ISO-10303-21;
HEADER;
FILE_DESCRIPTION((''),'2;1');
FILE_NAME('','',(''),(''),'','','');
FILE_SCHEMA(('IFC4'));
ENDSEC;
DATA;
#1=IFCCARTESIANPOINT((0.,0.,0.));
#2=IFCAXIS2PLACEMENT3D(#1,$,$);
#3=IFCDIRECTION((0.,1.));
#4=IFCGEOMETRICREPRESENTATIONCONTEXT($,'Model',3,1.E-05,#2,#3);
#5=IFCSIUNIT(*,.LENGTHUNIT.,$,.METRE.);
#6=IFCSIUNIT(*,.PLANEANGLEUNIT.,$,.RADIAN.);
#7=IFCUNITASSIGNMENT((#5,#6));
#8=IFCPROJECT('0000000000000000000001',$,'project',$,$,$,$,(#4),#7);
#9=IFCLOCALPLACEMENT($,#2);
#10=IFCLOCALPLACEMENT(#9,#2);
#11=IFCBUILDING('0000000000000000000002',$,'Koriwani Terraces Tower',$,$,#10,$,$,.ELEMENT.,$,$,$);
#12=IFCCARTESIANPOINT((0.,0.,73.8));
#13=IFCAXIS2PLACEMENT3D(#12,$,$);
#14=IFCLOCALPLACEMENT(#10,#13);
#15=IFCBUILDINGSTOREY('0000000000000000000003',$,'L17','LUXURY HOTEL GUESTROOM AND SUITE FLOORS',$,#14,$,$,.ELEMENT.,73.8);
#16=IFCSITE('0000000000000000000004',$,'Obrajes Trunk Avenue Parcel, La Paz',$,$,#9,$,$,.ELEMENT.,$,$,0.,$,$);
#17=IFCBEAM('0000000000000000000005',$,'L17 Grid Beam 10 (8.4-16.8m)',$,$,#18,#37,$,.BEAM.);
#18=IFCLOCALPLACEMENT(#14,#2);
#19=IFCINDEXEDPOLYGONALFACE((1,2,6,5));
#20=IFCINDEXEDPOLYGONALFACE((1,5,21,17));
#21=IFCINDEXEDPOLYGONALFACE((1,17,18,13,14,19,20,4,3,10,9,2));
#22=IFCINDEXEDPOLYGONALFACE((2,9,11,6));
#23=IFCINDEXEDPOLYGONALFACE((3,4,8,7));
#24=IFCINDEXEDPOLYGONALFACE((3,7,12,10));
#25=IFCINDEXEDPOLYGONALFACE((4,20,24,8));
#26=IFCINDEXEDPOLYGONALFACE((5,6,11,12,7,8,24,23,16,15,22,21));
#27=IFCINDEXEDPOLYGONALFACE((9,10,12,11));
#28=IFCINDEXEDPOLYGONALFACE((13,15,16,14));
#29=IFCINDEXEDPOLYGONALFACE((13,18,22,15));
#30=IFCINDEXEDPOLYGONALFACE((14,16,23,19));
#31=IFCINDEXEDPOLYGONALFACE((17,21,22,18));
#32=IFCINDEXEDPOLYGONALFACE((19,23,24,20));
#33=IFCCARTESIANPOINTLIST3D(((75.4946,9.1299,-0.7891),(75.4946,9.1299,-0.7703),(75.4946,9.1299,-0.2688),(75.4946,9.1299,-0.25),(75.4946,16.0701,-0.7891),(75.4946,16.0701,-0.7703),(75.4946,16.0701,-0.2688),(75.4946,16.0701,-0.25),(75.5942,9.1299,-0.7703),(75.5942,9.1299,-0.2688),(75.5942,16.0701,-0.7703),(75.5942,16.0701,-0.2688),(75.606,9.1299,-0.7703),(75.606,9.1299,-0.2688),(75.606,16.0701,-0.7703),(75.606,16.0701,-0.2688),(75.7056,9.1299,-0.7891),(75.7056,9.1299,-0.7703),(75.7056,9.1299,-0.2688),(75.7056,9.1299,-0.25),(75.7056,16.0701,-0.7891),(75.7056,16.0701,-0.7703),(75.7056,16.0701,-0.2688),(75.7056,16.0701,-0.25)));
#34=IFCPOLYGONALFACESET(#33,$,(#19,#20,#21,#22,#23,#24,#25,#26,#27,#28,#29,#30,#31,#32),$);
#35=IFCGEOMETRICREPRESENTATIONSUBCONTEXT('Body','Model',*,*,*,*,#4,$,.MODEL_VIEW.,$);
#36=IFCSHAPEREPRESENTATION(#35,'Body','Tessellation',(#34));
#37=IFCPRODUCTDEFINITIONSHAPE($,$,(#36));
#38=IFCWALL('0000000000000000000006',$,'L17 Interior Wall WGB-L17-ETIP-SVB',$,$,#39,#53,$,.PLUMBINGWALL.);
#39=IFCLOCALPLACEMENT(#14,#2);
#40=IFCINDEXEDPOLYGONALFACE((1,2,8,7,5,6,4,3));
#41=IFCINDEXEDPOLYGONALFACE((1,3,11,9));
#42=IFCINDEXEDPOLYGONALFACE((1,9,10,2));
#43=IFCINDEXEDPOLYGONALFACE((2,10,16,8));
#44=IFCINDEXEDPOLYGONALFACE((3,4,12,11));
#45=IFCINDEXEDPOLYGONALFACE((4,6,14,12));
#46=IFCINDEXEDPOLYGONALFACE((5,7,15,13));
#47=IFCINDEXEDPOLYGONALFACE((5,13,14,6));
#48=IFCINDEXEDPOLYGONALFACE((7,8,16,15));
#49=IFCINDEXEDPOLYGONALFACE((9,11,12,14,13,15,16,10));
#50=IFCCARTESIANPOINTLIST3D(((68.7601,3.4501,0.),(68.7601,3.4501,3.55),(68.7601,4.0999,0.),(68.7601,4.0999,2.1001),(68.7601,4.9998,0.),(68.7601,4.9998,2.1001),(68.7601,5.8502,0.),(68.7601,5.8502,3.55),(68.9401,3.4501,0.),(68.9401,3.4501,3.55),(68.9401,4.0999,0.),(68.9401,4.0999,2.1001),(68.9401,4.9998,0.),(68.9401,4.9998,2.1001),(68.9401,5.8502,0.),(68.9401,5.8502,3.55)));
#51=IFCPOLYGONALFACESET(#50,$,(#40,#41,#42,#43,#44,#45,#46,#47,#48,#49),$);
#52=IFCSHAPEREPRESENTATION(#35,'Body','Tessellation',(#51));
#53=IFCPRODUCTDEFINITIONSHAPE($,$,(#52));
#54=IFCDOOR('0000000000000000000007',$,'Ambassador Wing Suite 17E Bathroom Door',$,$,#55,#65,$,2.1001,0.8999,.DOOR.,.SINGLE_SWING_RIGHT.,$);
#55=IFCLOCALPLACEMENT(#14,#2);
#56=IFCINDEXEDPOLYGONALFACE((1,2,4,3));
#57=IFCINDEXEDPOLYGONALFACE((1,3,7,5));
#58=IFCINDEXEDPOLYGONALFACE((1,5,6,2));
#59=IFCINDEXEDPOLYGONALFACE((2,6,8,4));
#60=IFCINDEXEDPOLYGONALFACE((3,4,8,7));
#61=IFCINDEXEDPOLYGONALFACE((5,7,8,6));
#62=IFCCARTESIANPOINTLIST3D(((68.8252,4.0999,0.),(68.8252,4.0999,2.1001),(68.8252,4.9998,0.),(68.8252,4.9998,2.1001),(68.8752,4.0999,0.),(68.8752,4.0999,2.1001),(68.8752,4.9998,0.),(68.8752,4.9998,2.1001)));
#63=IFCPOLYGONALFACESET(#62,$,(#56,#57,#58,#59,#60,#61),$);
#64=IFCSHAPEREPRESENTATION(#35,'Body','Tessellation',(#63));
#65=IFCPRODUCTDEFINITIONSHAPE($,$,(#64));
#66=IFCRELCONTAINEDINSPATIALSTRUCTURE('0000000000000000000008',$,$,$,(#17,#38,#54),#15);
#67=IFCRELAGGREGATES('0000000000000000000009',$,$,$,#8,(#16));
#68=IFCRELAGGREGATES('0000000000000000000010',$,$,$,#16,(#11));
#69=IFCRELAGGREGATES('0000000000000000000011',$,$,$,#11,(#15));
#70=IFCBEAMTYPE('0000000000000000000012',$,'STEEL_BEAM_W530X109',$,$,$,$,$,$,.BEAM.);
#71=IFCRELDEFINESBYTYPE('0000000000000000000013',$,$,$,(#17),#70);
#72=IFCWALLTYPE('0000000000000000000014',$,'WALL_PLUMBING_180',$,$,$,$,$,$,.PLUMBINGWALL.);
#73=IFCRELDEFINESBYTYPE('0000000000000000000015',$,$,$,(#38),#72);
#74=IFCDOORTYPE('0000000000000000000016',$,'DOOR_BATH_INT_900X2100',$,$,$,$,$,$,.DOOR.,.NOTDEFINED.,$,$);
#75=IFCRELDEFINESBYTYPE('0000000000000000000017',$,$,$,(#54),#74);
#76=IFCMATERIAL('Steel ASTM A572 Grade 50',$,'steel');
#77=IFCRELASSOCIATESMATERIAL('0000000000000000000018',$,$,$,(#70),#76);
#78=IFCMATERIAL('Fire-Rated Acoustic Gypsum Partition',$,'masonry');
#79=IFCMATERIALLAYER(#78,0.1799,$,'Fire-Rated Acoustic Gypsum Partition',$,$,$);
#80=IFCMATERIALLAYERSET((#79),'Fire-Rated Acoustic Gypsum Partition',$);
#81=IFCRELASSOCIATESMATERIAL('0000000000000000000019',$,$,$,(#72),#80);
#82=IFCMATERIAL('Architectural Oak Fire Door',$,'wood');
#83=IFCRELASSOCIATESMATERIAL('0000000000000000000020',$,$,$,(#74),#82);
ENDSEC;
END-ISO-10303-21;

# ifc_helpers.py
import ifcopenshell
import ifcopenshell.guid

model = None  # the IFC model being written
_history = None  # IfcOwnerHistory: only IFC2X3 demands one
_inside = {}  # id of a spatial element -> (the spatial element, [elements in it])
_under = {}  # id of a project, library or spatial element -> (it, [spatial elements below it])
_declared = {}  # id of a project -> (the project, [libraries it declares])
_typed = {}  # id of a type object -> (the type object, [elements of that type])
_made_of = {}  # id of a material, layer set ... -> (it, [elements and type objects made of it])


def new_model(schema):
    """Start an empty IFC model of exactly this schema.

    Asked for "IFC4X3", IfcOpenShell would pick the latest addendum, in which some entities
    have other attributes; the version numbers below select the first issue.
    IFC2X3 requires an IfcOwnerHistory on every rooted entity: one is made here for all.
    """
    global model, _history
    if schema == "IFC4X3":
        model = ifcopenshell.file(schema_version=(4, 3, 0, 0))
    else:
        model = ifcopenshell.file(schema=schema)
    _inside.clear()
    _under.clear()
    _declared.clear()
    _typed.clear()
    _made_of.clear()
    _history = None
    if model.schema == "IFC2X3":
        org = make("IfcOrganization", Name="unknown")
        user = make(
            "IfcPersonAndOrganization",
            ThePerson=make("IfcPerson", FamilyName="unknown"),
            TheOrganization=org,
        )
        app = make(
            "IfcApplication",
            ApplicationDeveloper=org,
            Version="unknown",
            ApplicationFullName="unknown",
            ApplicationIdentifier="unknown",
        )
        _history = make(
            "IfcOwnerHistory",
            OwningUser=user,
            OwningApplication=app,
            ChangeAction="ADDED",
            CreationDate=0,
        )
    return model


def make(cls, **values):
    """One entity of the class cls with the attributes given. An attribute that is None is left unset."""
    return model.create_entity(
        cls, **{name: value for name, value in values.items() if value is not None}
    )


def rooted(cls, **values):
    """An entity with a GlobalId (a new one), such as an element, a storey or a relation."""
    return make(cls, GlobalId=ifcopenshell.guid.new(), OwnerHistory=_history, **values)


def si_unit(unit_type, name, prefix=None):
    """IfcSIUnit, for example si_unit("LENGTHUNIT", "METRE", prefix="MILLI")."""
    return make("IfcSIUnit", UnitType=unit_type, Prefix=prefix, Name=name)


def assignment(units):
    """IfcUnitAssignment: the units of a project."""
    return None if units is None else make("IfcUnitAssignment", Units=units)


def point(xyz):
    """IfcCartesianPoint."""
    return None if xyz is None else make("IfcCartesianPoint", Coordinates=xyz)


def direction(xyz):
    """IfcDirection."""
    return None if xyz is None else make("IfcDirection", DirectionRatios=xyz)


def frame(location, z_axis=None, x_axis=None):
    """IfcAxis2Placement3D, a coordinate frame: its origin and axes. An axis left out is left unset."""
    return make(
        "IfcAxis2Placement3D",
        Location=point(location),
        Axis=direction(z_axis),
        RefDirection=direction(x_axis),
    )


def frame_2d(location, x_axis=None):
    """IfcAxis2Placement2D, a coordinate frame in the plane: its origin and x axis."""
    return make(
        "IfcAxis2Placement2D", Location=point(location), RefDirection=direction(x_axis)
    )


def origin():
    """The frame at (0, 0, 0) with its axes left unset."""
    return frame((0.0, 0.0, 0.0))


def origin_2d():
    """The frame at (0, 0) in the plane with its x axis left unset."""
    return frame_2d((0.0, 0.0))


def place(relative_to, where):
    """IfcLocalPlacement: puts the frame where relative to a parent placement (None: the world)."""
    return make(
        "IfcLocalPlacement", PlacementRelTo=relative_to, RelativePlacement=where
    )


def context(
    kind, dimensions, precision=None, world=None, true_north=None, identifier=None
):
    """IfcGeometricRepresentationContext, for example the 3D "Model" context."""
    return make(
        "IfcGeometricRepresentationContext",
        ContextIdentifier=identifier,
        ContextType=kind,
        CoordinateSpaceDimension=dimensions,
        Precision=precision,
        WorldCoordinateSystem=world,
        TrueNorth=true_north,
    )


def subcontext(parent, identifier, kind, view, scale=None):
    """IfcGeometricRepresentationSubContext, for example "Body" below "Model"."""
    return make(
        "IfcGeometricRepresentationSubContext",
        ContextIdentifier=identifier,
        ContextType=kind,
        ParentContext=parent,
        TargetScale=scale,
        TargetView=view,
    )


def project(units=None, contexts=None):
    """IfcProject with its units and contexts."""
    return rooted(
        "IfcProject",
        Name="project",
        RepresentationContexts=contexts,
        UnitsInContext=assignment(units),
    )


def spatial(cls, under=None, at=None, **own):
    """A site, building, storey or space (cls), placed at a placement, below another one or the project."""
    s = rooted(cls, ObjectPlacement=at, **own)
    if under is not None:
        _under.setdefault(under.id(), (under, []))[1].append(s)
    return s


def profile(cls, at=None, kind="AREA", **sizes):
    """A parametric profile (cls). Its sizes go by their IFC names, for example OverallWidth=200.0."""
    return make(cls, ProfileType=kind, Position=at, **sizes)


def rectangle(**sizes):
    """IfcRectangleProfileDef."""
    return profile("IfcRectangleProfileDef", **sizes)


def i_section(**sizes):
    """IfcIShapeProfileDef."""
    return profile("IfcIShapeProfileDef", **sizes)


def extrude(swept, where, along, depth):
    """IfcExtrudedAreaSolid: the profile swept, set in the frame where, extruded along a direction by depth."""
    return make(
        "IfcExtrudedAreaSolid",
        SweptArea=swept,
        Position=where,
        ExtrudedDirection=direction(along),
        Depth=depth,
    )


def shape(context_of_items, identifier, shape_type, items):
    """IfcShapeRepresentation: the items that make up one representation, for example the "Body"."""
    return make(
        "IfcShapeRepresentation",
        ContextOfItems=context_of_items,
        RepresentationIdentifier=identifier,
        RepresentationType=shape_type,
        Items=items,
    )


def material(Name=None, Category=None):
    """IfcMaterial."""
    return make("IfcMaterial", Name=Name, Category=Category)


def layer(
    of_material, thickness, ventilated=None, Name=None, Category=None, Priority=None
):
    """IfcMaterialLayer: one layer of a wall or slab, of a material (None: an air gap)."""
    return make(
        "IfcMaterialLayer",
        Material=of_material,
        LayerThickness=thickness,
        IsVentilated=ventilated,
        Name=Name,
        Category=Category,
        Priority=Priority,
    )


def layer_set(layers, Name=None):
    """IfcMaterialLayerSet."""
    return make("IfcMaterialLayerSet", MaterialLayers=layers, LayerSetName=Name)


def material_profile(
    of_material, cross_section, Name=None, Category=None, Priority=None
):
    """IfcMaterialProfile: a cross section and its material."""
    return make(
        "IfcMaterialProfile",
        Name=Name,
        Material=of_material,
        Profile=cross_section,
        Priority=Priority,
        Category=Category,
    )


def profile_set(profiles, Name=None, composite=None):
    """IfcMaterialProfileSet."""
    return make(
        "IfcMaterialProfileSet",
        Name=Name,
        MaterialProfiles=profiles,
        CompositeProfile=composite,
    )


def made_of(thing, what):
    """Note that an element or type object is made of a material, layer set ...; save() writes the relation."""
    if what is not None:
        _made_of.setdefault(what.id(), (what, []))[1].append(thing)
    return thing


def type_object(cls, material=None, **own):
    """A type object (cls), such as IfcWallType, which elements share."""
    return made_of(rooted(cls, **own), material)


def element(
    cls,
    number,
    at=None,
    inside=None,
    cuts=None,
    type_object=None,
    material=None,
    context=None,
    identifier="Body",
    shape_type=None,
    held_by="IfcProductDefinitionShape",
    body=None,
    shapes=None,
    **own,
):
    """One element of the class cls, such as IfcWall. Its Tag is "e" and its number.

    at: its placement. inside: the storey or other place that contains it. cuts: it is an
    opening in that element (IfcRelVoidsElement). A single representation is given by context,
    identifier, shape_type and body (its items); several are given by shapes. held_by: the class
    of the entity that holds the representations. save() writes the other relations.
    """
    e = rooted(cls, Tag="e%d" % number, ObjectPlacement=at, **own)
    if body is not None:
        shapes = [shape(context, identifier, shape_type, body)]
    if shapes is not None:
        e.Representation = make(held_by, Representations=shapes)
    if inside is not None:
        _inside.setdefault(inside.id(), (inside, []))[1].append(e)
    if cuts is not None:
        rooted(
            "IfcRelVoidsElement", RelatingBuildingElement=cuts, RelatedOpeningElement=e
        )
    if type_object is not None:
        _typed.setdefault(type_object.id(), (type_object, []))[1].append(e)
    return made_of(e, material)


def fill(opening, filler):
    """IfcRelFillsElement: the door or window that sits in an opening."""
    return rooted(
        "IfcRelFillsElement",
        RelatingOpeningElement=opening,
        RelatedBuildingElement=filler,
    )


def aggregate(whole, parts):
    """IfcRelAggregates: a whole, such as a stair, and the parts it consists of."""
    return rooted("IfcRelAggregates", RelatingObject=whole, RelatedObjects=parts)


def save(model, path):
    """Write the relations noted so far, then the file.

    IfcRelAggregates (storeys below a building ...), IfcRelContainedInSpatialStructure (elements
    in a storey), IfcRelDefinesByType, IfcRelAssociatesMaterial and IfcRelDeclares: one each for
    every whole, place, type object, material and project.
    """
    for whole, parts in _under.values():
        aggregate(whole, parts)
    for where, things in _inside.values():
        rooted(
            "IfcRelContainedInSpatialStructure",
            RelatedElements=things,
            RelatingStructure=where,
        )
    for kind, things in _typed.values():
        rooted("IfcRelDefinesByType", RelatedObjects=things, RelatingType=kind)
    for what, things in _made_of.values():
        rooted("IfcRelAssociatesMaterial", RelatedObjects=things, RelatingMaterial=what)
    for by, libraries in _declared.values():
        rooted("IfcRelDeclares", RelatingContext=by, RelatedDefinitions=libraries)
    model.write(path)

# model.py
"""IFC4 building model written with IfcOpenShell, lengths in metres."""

from ifc_helpers import new_model, si_unit, direction, frame, frame_2d, origin, origin_2d, place, context, subcontext, project, spatial, rectangle, i_section, extrude, material, layer, layer_set, material_profile, profile_set, type_object, element, fill, save


model = new_model("IFC4")

# Units and contexts
model_context = context("Model", 3, precision=1e-05, world=origin(), true_north=direction((0.0, 1.0)))
body_context = subcontext(model_context, "Body", "Model", "MODEL_VIEW")
ifc_project = project(units=[si_unit("LENGTHUNIT", "METRE"), si_unit("PLANEANGLEUNIT", "RADIAN")], contexts=[model_context])

# Site, building, storey
site_placement = place(None, origin())
site = spatial("IfcSite", under=ifc_project, at=site_placement, Name="Obrajes Trunk Avenue Parcel, La Paz", CompositionType="ELEMENT", RefElevation=0.0)
building_placement = place(site_placement, origin())
building = spatial("IfcBuilding", under=site, at=building_placement, Name="Koriwani Terraces Tower", CompositionType="ELEMENT")
storey_placement = place(building_placement, frame((0.0, 0.0, 73.8)))
storey = spatial("IfcBuildingStorey", under=building, at=storey_placement, Name="L17", Description="LUXURY HOTEL GUESTROOM AND SUITE FLOORS", CompositionType="ELEMENT", Elevation=73.8)

# Beam
ifc_material_1 = material(Name="Steel ASTM A572 Grade 50", Category="steel")
ifc_material_profile_1 = material_profile(ifc_material_1, i_section(OverallWidth=0.2109, OverallDepth=0.5391, WebThickness=0.0117, FlangeThickness=0.0188, at=origin_2d()), Name="Steel ASTM A572 Grade 50", Category="LoadBearing")
ifc_profile_set_1 = profile_set([ifc_material_profile_1], Name="Steel ASTM A572 Grade 50")
beam_type_1 = type_object("IfcBeamType", Name="STEEL_BEAM_W530X109", PredefinedType="BEAM", material=ifc_profile_set_1)
beam_1_placement = place(storey_placement, frame((75.6001, 9.1299, -0.5195), z_axis=(0.0, 1.0, 0.0), x_axis=(-1.0, 0.0, 0.0)))
element("IfcBeam", 1, at=beam_1_placement, inside=storey, type_object=beam_type_1, Name="L17 Grid Beam 10 (8.4-16.8m)", PredefinedType="BEAM", context=body_context, shape_type="SweptSolid", body=[
    extrude(i_section(OverallWidth=0.2109, OverallDepth=0.5391, WebThickness=0.0117, FlangeThickness=0.0188, at=origin_2d()), origin(), (0.0, 0.0, 1.0), 6.9402),
])

# Wall, opening, door
ifc_material_2 = material(Name="Fire-Rated Acoustic Gypsum Partition", Category="masonry")
ifc_layer = layer(ifc_material_2, 0.1799, Name="Fire-Rated Acoustic Gypsum Partition")
ifc_layer_set = layer_set([ifc_layer], Name="Fire-Rated Acoustic Gypsum Partition")
wall_type = type_object("IfcWallType", Name="WALL_PLUMBING_180", PredefinedType="PLUMBINGWALL", material=ifc_layer_set)
wall_placement = place(storey_placement, frame((68.8501, 3.45, 0.0), z_axis=(0.0, 0.0, 1.0), x_axis=(0.0, 1.0, 0.0)))
wall = element("IfcWall", 2, at=wall_placement, inside=storey, type_object=wall_type, Name="L17 Interior Wall WGB-L17-ETIP-SVB", PredefinedType="PLUMBINGWALL", context=body_context, shape_type="SweptSolid", body=[
    extrude(rectangle(XDim=2.4001, YDim=0.1799, at=frame_2d((1.2002, 0.0))), origin(), (0.0, 0.0, 1.0), 3.55),
])
opening_placement = place(wall_placement, frame((0.6499, 0.0, 0.0)))
opening = element("IfcOpeningElement", 3, at=opening_placement, cuts=wall, PredefinedType="OPENING", context=body_context, shape_type="SweptSolid", body=[
    extrude(rectangle(XDim=0.8999, YDim=2.1001, at=frame_2d((0.45, 1.05))), frame((0.0, 0.1001, 0.0), z_axis=(0.0, -1.0, 0.0), x_axis=(1.0, 0.0, 0.0)), (0.0, 0.0, 1.0), 0.2),
])
ifc_material_3 = material(Name="Architectural Oak Fire Door", Category="wood")
door_type = type_object("IfcDoorType", Name="DOOR_BATH_INT_900X2100", OperationType="NOTDEFINED", PredefinedType="DOOR", material=ifc_material_3)
door_placement = place(opening_placement, origin())
door = element("IfcDoor", 4, at=door_placement, inside=storey, type_object=door_type, Name="Ambassador Wing Suite 17E Bathroom Door", OperationType="SINGLE_SWING_RIGHT", OverallHeight=2.1001, OverallWidth=0.8999, PredefinedType="DOOR", context=body_context, shape_type="SweptSolid", body=[
    extrude(rectangle(XDim=0.8999, YDim=2.1001, at=frame_2d((0.45, 1.05))), frame((0.0, 0.0249, 0.0), z_axis=(0.0, -1.0, 0.0), x_axis=(1.0, 0.0, 0.0)), (0.0, 0.0, 1.0), 0.05),
])
fill(opening, door)

save(model, "model.ifc")
